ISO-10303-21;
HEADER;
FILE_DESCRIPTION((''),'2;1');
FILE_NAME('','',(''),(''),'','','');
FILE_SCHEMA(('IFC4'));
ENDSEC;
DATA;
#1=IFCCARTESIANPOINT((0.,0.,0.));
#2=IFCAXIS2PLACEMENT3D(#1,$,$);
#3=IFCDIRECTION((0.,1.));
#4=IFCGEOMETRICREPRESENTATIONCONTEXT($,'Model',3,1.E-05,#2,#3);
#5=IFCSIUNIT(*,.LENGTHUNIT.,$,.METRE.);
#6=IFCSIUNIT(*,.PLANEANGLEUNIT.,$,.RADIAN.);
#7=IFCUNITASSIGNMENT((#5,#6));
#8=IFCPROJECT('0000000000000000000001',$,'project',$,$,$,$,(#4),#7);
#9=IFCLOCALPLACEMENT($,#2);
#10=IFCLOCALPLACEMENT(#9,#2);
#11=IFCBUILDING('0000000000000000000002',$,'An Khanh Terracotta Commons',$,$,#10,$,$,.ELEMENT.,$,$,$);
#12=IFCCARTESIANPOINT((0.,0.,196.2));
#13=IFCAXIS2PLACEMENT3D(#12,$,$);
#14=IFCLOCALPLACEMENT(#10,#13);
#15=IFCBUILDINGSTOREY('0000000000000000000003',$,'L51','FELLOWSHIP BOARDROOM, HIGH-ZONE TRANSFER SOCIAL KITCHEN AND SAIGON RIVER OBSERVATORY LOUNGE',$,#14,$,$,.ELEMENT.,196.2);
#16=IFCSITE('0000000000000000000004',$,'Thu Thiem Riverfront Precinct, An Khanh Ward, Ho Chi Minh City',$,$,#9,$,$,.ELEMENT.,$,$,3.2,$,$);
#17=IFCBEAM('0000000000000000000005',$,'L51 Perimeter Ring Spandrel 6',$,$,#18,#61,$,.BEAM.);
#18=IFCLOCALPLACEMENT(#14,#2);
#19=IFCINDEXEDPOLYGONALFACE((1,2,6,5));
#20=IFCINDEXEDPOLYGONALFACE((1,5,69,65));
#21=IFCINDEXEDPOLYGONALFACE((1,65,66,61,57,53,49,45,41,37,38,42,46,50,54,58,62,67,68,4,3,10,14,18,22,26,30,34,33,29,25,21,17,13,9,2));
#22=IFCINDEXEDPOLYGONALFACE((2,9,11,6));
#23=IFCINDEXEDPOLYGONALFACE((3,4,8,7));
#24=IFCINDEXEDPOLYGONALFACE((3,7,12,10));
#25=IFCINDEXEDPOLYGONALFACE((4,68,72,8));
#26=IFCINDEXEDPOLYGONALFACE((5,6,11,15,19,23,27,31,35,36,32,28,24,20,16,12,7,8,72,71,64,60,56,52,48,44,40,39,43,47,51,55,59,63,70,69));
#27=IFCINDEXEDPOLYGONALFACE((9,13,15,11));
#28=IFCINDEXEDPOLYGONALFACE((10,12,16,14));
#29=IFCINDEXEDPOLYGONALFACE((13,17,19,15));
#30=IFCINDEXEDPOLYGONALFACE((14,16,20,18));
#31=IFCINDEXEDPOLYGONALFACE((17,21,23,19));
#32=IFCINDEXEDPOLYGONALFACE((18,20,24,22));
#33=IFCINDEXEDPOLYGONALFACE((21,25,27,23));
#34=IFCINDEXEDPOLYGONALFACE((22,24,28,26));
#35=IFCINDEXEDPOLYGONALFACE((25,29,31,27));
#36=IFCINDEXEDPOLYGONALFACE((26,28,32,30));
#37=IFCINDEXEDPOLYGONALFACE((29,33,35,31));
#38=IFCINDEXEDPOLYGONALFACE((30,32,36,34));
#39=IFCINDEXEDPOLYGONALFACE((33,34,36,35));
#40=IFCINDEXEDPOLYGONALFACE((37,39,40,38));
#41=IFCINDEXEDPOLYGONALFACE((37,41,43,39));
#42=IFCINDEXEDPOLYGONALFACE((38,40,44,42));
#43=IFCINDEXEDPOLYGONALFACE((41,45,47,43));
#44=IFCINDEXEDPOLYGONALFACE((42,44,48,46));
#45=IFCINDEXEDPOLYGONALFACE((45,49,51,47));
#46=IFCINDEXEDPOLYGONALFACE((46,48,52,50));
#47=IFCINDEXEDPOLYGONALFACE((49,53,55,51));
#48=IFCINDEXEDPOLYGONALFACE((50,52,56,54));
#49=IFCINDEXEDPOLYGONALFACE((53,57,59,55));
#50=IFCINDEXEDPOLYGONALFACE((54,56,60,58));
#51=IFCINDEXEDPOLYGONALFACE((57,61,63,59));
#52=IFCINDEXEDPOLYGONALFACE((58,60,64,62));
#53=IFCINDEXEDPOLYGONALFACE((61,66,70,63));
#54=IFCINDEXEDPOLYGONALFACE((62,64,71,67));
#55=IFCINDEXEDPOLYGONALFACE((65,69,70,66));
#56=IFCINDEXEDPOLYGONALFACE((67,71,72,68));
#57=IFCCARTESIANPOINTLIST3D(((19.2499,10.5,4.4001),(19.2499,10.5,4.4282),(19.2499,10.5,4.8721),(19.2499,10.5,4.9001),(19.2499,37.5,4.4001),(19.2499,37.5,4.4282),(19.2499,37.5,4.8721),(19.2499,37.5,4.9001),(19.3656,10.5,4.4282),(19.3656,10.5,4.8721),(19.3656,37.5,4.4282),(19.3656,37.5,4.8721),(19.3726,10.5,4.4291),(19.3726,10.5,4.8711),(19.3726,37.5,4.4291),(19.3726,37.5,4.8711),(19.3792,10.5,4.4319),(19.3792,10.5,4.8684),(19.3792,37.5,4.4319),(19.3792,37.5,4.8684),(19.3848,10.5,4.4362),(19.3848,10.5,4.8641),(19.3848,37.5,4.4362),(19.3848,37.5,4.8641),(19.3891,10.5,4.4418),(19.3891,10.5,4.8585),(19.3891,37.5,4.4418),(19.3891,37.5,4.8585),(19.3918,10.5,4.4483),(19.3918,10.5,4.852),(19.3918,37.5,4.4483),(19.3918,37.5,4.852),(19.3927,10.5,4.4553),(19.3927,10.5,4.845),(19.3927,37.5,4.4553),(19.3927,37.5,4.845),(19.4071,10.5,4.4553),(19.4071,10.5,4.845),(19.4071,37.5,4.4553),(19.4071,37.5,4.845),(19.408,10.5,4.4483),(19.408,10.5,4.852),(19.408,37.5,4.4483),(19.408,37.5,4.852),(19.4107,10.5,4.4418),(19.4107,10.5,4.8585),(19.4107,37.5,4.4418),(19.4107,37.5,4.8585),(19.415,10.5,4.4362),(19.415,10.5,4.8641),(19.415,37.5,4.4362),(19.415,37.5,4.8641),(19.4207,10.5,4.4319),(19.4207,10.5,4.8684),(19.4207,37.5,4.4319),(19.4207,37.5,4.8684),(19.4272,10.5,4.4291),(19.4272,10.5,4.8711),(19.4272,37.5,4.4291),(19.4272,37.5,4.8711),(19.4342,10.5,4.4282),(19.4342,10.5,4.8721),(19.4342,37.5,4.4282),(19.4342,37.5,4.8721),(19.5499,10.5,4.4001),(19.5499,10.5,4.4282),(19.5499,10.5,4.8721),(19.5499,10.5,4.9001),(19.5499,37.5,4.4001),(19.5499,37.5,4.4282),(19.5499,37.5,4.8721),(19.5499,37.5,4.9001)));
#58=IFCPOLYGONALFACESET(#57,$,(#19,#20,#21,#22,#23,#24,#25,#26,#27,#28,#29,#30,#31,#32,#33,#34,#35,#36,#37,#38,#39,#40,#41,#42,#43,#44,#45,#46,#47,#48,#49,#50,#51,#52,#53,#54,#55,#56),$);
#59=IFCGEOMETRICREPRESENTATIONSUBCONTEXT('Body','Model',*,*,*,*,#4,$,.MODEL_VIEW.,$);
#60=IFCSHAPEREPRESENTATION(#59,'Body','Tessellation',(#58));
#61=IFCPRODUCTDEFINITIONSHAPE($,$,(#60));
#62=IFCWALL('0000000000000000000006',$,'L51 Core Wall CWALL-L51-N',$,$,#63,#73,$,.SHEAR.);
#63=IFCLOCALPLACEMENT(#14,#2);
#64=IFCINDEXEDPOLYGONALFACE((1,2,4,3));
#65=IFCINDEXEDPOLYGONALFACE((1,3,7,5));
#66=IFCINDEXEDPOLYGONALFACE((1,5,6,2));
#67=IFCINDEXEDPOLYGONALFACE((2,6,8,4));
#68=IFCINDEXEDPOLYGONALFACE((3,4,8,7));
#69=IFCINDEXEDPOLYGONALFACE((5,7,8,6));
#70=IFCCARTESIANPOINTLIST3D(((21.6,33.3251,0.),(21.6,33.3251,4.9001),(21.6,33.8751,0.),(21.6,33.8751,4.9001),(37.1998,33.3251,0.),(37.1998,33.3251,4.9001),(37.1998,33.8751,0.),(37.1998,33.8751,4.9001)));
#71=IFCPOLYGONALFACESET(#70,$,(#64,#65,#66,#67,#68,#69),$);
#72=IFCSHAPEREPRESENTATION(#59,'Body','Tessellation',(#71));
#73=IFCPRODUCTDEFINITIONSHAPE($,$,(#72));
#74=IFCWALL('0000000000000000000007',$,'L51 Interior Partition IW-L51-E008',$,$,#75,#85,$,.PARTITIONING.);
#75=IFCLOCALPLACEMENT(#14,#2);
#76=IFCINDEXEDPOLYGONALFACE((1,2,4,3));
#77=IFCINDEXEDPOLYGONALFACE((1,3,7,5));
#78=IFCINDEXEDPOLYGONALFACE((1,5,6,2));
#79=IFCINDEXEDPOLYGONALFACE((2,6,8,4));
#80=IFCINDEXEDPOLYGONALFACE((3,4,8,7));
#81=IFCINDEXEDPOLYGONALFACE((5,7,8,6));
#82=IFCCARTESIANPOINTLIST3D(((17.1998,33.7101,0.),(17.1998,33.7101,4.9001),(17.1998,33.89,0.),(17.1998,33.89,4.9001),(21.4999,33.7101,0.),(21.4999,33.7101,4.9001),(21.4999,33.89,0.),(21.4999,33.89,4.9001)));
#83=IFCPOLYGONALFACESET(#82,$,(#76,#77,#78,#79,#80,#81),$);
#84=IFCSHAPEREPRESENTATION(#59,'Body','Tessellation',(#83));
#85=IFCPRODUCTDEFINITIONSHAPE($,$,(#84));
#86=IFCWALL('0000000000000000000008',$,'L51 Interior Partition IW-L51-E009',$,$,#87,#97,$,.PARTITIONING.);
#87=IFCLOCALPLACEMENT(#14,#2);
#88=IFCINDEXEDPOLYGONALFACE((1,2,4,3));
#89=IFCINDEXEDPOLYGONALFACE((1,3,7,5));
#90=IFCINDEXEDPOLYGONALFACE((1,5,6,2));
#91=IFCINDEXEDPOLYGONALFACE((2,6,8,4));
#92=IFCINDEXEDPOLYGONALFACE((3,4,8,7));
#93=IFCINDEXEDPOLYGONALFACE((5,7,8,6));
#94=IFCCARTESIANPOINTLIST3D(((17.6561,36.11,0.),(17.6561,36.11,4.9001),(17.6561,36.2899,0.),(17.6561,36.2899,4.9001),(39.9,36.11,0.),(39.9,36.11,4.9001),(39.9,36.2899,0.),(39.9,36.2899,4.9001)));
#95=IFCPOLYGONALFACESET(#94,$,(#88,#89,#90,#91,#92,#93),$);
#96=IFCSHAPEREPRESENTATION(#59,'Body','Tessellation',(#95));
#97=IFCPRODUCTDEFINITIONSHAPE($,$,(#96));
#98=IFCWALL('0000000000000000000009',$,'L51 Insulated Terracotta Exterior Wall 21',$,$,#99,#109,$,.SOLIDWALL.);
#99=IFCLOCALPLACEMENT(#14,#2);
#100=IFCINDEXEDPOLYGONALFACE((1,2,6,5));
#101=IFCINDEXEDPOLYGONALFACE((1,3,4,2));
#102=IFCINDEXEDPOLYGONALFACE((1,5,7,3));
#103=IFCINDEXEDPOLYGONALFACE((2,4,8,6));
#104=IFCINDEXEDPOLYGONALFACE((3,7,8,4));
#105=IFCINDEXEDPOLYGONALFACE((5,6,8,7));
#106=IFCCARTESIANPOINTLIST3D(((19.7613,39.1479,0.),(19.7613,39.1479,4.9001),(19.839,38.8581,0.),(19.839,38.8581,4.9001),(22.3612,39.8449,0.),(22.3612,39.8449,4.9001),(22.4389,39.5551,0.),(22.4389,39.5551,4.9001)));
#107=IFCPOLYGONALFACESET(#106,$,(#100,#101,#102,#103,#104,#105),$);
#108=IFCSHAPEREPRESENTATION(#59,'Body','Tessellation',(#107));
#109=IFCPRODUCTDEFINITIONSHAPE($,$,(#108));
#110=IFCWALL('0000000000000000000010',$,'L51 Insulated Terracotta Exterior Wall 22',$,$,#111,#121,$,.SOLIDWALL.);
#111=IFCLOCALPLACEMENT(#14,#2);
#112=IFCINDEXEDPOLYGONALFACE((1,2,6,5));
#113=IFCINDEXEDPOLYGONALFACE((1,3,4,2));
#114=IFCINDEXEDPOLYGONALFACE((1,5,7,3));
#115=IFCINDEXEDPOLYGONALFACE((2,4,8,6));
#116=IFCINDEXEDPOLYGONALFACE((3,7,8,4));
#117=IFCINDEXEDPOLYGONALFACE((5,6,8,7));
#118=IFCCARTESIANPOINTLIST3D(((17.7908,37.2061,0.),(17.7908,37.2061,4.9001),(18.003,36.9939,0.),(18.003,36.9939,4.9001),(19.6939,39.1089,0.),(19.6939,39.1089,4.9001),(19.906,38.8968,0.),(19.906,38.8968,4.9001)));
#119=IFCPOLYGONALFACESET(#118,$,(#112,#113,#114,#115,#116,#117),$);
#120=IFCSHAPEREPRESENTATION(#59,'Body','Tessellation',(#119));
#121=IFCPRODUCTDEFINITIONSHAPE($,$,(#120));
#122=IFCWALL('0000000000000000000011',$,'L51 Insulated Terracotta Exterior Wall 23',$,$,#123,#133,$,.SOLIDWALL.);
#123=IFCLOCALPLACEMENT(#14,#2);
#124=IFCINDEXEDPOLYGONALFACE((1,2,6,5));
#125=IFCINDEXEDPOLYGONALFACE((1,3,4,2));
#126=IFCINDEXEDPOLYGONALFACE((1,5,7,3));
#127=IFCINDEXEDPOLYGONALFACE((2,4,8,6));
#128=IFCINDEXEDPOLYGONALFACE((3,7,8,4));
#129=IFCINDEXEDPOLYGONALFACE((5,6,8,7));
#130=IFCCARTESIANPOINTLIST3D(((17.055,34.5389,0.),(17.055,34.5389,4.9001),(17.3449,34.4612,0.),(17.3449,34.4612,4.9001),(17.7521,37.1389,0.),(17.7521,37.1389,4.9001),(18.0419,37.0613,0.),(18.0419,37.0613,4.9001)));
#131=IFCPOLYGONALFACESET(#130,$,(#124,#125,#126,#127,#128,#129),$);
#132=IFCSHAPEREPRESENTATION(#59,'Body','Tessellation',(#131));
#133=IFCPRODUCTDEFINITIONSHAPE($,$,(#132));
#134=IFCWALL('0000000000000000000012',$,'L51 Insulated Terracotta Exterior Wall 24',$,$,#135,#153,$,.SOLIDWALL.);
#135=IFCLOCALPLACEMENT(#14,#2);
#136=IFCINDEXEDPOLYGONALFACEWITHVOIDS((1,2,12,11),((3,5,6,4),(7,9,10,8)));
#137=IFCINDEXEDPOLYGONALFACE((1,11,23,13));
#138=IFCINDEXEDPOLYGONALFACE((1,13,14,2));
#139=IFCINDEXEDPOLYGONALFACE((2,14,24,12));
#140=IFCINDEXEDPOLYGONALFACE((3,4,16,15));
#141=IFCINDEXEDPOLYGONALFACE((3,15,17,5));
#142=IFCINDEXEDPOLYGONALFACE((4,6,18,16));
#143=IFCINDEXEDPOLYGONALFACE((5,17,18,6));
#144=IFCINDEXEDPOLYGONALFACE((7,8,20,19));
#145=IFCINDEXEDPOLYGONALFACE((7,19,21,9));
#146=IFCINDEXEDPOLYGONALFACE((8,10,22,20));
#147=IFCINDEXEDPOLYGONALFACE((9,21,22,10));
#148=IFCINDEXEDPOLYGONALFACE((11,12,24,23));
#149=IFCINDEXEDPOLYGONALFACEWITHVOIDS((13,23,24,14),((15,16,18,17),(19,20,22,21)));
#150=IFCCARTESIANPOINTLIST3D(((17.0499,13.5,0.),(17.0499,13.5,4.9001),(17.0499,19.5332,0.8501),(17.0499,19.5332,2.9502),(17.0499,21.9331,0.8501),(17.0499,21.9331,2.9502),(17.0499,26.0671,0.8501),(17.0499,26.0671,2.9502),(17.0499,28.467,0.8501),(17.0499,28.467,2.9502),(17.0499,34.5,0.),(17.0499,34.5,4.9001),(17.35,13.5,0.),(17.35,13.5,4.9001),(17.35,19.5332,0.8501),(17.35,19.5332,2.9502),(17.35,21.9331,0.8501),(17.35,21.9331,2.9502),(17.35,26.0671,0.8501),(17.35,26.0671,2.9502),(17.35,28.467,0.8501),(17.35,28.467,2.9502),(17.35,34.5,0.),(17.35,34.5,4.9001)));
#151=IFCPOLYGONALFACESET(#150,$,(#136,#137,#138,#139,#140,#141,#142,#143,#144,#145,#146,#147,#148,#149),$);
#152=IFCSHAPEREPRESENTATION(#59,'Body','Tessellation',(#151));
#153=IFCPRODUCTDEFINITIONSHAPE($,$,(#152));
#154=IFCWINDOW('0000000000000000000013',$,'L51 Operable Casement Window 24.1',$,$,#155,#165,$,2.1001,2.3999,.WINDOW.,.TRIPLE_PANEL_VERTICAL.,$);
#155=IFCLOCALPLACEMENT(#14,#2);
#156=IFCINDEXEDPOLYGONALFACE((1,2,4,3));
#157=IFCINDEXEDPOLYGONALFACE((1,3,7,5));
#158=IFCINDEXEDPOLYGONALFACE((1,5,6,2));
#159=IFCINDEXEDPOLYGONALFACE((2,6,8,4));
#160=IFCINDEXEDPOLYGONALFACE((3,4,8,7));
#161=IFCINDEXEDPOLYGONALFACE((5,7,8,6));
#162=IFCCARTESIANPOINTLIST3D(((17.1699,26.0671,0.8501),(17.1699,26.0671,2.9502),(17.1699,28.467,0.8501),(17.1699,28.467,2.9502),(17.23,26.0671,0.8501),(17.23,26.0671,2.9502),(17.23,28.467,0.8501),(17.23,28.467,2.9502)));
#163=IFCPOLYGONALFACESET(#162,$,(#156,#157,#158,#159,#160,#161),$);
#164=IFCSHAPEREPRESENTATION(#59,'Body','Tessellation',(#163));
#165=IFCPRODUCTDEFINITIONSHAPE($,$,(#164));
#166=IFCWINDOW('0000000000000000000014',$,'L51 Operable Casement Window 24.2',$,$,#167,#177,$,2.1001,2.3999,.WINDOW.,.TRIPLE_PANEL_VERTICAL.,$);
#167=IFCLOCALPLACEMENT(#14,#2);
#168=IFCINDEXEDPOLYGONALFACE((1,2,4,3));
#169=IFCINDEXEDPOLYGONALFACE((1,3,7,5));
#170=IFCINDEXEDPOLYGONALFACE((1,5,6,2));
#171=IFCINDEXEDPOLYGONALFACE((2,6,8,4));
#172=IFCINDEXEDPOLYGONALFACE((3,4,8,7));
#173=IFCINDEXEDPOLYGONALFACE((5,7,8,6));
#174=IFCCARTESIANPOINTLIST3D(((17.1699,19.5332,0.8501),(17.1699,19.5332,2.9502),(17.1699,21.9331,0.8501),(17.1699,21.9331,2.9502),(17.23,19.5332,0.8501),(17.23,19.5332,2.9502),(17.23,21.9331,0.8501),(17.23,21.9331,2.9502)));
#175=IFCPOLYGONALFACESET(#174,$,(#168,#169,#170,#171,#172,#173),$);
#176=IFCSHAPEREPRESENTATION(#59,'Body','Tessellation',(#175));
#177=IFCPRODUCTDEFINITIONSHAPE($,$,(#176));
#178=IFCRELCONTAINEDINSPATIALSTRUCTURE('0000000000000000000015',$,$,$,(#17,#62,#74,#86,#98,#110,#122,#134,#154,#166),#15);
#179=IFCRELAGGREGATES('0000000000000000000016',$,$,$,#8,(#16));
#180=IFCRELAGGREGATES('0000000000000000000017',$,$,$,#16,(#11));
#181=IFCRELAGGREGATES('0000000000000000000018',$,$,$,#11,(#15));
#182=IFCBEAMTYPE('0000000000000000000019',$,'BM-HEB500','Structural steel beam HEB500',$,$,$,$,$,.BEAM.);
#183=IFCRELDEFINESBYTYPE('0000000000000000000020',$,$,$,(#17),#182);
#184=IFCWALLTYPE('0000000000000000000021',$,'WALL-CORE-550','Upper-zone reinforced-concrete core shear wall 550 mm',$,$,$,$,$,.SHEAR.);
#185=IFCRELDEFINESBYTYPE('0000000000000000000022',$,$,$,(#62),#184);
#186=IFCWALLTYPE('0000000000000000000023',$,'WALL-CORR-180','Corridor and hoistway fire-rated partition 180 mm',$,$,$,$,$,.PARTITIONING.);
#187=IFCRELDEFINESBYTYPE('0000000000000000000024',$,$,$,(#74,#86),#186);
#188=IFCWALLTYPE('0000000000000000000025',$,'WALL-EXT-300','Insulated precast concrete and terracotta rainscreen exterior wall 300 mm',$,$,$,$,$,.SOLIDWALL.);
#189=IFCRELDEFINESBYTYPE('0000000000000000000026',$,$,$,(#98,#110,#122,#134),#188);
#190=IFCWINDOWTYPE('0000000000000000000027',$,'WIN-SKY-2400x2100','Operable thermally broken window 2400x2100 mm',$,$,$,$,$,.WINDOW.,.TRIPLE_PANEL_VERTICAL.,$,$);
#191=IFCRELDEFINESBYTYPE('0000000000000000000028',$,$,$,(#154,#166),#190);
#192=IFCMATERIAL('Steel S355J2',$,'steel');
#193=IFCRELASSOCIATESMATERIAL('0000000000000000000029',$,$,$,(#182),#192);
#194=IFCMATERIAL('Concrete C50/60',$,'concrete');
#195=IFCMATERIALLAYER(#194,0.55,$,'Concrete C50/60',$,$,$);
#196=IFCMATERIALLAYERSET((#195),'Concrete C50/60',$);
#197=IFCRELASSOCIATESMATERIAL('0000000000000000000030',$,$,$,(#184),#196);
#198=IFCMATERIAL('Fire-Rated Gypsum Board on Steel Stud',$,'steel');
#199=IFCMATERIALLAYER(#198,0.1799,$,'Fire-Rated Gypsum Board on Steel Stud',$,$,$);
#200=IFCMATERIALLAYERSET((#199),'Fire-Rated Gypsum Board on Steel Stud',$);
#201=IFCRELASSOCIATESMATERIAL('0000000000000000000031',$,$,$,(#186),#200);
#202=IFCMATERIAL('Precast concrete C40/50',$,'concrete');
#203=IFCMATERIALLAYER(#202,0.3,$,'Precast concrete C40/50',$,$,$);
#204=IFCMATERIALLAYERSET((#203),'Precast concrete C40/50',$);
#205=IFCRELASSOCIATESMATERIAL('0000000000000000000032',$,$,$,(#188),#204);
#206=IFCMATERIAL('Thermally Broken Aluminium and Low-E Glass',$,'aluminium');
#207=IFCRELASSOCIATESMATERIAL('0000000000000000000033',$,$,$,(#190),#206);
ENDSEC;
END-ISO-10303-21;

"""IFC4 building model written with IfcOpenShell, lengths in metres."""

from ifc_helpers import new_model, si_unit, direction, frame, frame_2d, origin, origin_2d, place, context, subcontext, project, spatial, rectangle, i_section, extrude, material, layer, layer_set, material_profile, profile_set, type_object, element, fill, save


model = new_model("IFC4")

# Units and contexts
model_context = context("Model", 3, precision=1e-05, world=origin(), true_north=direction((0.0, 1.0)))
body_context = subcontext(model_context, "Body", "Model", "MODEL_VIEW")
ifc_project = project(units=[si_unit("LENGTHUNIT", "METRE"), si_unit("PLANEANGLEUNIT", "RADIAN")], contexts=[model_context])

# Site, building, storey
site_placement = place(None, origin())
site = spatial("IfcSite", under=ifc_project, at=site_placement, Name="Thu Thiem Riverfront Precinct, An Khanh Ward, Ho Chi Minh City", CompositionType="ELEMENT", RefElevation=3.2)
building_placement = place(site_placement, origin())
building = spatial("IfcBuilding", under=site, at=building_placement, Name="An Khanh Terracotta Commons", CompositionType="ELEMENT")
storey_placement = place(building_placement, frame((0.0, 0.0, 196.2)))
storey = spatial("IfcBuildingStorey", under=building, at=storey_placement, Name="L51", Description="FELLOWSHIP BOARDROOM, HIGH-ZONE TRANSFER SOCIAL KITCHEN AND SAIGON RIVER OBSERVATORY LOUNGE", CompositionType="ELEMENT", Elevation=196.2)

# Beam
ifc_material_1 = material(Name="Steel S355J2", Category="steel")
ifc_material_profile_1 = material_profile(ifc_material_1, i_section(OverallWidth=0.3, OverallDepth=0.5, WebThickness=0.0144, FlangeThickness=0.0281, FilletRadius=0.0271, at=origin_2d()), Name="HEB500")
ifc_profile_set_1 = profile_set([ifc_material_profile_1], Name="Steel S355J2")
beam_type_1 = type_object("IfcBeamType", Name="BM-HEB500", Description="Structural steel beam HEB500", PredefinedType="BEAM", material=ifc_profile_set_1)
beam_1_placement = place(storey_placement, frame((19.3999, 37.5, 4.6501), z_axis=(0.0, -1.0, 0.0), x_axis=(1.0, 0.0, 0.0)))
element("IfcBeam", 1, at=beam_1_placement, inside=storey, type_object=beam_type_1, Name="L51 Perimeter Ring Spandrel 6", PredefinedType="BEAM", context=body_context, shape_type="SweptSolid", body=[
    extrude(i_section(OverallWidth=0.3, OverallDepth=0.5, WebThickness=0.0144, FlangeThickness=0.0281, FilletRadius=0.0271, at=origin_2d()), origin(), (0.0, 0.0, 1.0), 27.0),
])

# Walls
ifc_material_2 = material(Name="Concrete C50/60", Category="concrete")
ifc_layer_1 = layer(ifc_material_2, 0.55, Name="Concrete C50/60")
ifc_layer_set_1 = layer_set([ifc_layer_1], Name="Concrete C50/60")
wall_type_1 = type_object("IfcWallType", Name="WALL-CORE-550", Description="Upper-zone reinforced-concrete core shear wall 550 mm", PredefinedType="SHEAR", material=ifc_layer_set_1)
wall_1_placement = place(storey_placement, frame((21.6001, 33.6001, 0.0), z_axis=(0.0, 0.0, 1.0), x_axis=(1.0, 0.0, 0.0)))
element("IfcWall", 2, at=wall_1_placement, inside=storey, type_object=wall_type_1, Name="L51 Core Wall CWALL-L51-N", PredefinedType="SHEAR", context=body_context, shape_type="SweptSolid", body=[
    extrude(rectangle(XDim=15.5999, YDim=0.55, at=frame_2d((7.7998, 0.0))), origin(), (0.0, 0.0, 1.0), 4.9001),
])
ifc_material_3 = material(Name="Fire-Rated Gypsum Board on Steel Stud", Category="steel")
ifc_layer_2 = layer(ifc_material_3, 0.1799, Name="Fire-Rated Gypsum Board on Steel Stud")
ifc_layer_set_2 = layer_set([ifc_layer_2], Name="Fire-Rated Gypsum Board on Steel Stud")
wall_type_2 = type_object("IfcWallType", Name="WALL-CORR-180", Description="Corridor and hoistway fire-rated partition 180 mm", PredefinedType="PARTITIONING", material=ifc_layer_set_2)
wall_2_placement = place(storey_placement, frame((17.2, 33.8, 0.0), z_axis=(0.0, 0.0, 1.0), x_axis=(1.0, 0.0, 0.0)))
element("IfcWall", 3, at=wall_2_placement, inside=storey, type_object=wall_type_2, Name="L51 Interior Partition IW-L51-E008", PredefinedType="PARTITIONING", context=body_context, shape_type="SweptSolid", body=[
    extrude(rectangle(XDim=4.3, YDim=0.1799, at=frame_2d((2.1499, 0.0))), origin(), (0.0, 0.0, 1.0), 4.9001),
])
wall_3_placement = place(storey_placement, frame((17.656, 36.2, 0.0), z_axis=(0.0, 0.0, 1.0), x_axis=(1.0, 0.0, 0.0)))
element("IfcWall", 4, at=wall_3_placement, inside=storey, type_object=wall_type_2, Name="L51 Interior Partition IW-L51-E009", PredefinedType="PARTITIONING", context=body_context, shape_type="SweptSolid", body=[
    extrude(rectangle(XDim=22.2439, YDim=0.1799, at=frame_2d((11.1221, 0.0))), origin(), (0.0, 0.0, 1.0), 4.9001),
])
ifc_material_4 = material(Name="Precast concrete C40/50", Category="concrete")
ifc_layer_3 = layer(ifc_material_4, 0.3, Name="Precast concrete C40/50")
ifc_layer_set_3 = layer_set([ifc_layer_3], Name="Precast concrete C40/50")
wall_type_3 = type_object("IfcWallType", Name="WALL-EXT-300", Description="Insulated precast concrete and terracotta rainscreen exterior wall 300 mm", PredefinedType="SOLIDWALL", material=ifc_layer_set_3)
wall_4_placement = place(storey_placement, frame((22.3999, 39.7, 0.0), z_axis=(0.0, 0.0, 1.0), x_axis=(-0.965889, -0.258955, 0.0)))
element("IfcWall", 5, at=wall_4_placement, inside=storey, type_object=wall_type_3, Name="L51 Insulated Terracotta Exterior Wall 21", PredefinedType="SOLIDWALL", context=body_context, shape_type="SweptSolid", body=[
    extrude(rectangle(XDim=2.6917, YDim=0.3, at=frame_2d((1.3457, 0.0))), origin(), (0.0, 0.0, 1.0), 4.9001),
])
wall_5_placement = place(storey_placement, frame((19.8, 39.0029, 0.0), z_axis=(0.0, 0.0, 1.0), x_axis=(-0.707152, -0.707061, 0.0)))
element("IfcWall", 6, at=wall_5_placement, inside=storey, type_object=wall_type_3, Name="L51 Insulated Terracotta Exterior Wall 22", PredefinedType="SOLIDWALL", context=body_context, shape_type="SweptSolid", body=[
    extrude(rectangle(XDim=2.6912, YDim=0.3, at=frame_2d((1.3457, 0.0))), origin(), (0.0, 0.0, 1.0), 4.9001),
])
wall_6_placement = place(storey_placement, frame((17.897, 37.1001, 0.0), z_axis=(0.0, 0.0, 1.0), x_axis=(-0.258933, -0.965895, 0.0)))
element("IfcWall", 7, at=wall_6_placement, inside=storey, type_object=wall_type_3, Name="L51 Insulated Terracotta Exterior Wall 23", PredefinedType="SOLIDWALL", context=body_context, shape_type="SweptSolid", body=[
    extrude(rectangle(XDim=2.6919, YDim=0.3, at=frame_2d((1.3459, 0.0))), origin(), (0.0, 0.0, 1.0), 4.9001),
])

# Wall, openings, windows
wall_7_placement = place(storey_placement, frame((17.2, 34.5, 0.0), z_axis=(0.0, 0.0, 1.0), x_axis=(0.0, -1.0, 0.0)))
wall_7 = element("IfcWall", 8, at=wall_7_placement, inside=storey, type_object=wall_type_3, Name="L51 Insulated Terracotta Exterior Wall 24", PredefinedType="SOLIDWALL", context=body_context, shape_type="SweptSolid", body=[
    extrude(rectangle(XDim=21.0, YDim=0.3, at=frame_2d((10.5, 0.0))), origin(), (0.0, 0.0, 1.0), 4.9001),
])
opening_1_placement = place(wall_7_placement, frame((6.033, 0.0, 0.8501)))
opening_1 = element("IfcOpeningElement", 9, at=opening_1_placement, cuts=wall_7, PredefinedType="OPENING", context=body_context, shape_type="SweptSolid", body=[
    extrude(rectangle(XDim=2.3999, YDim=2.1001, at=frame_2d((1.2, 1.05))), frame((0.0, 0.1599, 0.0), z_axis=(0.0, -1.0, 0.0), x_axis=(1.0, 0.0, 0.0)), (0.0, 0.0, 1.0), 0.3201),
])
opening_2_placement = place(wall_7_placement, frame((12.5669, 0.0, 0.8501)))
opening_2 = element("IfcOpeningElement", 10, at=opening_2_placement, cuts=wall_7, PredefinedType="OPENING", context=body_context, shape_type="SweptSolid", body=[
    extrude(rectangle(XDim=2.3999, YDim=2.1001, at=frame_2d((1.2, 1.05))), frame((0.0, 0.1599, 0.0), z_axis=(0.0, -1.0, 0.0), x_axis=(1.0, 0.0, 0.0)), (0.0, 0.0, 1.0), 0.3201),
])
ifc_material_5 = material(Name="Thermally Broken Aluminium and Low-E Glass", Category="aluminium")
window_type = type_object("IfcWindowType", Name="WIN-SKY-2400x2100", Description="Operable thermally broken window 2400x2100 mm", PartitioningType="TRIPLE_PANEL_VERTICAL", PredefinedType="WINDOW", material=ifc_material_5)
window_1_placement = place(opening_1_placement, origin())
window_1 = element("IfcWindow", 11, at=window_1_placement, inside=storey, type_object=window_type, Name="L51 Operable Casement Window 24.1", OverallHeight=2.1001, OverallWidth=2.3999, PartitioningType="TRIPLE_PANEL_VERTICAL", PredefinedType="WINDOW", context=body_context, shape_type="SweptSolid", body=[
    extrude(rectangle(XDim=2.3999, YDim=2.1001, at=frame_2d((1.2, 1.05))), frame((0.0, 0.03, 0.0), z_axis=(0.0, -1.0, 0.0), x_axis=(1.0, 0.0, 0.0)), (0.0, 0.0, 1.0), 0.0601),
])
fill(opening_1, window_1)
window_2_placement = place(opening_2_placement, origin())
window_2 = element("IfcWindow", 12, at=window_2_placement, inside=storey, type_object=window_type, Name="L51 Operable Casement Window 24.2", OverallHeight=2.1001, OverallWidth=2.3999, PartitioningType="TRIPLE_PANEL_VERTICAL", PredefinedType="WINDOW", context=body_context, shape_type="SweptSolid", body=[
    extrude(rectangle(XDim=2.3999, YDim=2.1001, at=frame_2d((1.2, 1.05))), frame((0.0, 0.03, 0.0), z_axis=(0.0, -1.0, 0.0), x_axis=(1.0, 0.0, 0.0)), (0.0, 0.0, 1.0), 0.0601),
])
fill(opening_2, window_2)

save(model, "model.ifc")
